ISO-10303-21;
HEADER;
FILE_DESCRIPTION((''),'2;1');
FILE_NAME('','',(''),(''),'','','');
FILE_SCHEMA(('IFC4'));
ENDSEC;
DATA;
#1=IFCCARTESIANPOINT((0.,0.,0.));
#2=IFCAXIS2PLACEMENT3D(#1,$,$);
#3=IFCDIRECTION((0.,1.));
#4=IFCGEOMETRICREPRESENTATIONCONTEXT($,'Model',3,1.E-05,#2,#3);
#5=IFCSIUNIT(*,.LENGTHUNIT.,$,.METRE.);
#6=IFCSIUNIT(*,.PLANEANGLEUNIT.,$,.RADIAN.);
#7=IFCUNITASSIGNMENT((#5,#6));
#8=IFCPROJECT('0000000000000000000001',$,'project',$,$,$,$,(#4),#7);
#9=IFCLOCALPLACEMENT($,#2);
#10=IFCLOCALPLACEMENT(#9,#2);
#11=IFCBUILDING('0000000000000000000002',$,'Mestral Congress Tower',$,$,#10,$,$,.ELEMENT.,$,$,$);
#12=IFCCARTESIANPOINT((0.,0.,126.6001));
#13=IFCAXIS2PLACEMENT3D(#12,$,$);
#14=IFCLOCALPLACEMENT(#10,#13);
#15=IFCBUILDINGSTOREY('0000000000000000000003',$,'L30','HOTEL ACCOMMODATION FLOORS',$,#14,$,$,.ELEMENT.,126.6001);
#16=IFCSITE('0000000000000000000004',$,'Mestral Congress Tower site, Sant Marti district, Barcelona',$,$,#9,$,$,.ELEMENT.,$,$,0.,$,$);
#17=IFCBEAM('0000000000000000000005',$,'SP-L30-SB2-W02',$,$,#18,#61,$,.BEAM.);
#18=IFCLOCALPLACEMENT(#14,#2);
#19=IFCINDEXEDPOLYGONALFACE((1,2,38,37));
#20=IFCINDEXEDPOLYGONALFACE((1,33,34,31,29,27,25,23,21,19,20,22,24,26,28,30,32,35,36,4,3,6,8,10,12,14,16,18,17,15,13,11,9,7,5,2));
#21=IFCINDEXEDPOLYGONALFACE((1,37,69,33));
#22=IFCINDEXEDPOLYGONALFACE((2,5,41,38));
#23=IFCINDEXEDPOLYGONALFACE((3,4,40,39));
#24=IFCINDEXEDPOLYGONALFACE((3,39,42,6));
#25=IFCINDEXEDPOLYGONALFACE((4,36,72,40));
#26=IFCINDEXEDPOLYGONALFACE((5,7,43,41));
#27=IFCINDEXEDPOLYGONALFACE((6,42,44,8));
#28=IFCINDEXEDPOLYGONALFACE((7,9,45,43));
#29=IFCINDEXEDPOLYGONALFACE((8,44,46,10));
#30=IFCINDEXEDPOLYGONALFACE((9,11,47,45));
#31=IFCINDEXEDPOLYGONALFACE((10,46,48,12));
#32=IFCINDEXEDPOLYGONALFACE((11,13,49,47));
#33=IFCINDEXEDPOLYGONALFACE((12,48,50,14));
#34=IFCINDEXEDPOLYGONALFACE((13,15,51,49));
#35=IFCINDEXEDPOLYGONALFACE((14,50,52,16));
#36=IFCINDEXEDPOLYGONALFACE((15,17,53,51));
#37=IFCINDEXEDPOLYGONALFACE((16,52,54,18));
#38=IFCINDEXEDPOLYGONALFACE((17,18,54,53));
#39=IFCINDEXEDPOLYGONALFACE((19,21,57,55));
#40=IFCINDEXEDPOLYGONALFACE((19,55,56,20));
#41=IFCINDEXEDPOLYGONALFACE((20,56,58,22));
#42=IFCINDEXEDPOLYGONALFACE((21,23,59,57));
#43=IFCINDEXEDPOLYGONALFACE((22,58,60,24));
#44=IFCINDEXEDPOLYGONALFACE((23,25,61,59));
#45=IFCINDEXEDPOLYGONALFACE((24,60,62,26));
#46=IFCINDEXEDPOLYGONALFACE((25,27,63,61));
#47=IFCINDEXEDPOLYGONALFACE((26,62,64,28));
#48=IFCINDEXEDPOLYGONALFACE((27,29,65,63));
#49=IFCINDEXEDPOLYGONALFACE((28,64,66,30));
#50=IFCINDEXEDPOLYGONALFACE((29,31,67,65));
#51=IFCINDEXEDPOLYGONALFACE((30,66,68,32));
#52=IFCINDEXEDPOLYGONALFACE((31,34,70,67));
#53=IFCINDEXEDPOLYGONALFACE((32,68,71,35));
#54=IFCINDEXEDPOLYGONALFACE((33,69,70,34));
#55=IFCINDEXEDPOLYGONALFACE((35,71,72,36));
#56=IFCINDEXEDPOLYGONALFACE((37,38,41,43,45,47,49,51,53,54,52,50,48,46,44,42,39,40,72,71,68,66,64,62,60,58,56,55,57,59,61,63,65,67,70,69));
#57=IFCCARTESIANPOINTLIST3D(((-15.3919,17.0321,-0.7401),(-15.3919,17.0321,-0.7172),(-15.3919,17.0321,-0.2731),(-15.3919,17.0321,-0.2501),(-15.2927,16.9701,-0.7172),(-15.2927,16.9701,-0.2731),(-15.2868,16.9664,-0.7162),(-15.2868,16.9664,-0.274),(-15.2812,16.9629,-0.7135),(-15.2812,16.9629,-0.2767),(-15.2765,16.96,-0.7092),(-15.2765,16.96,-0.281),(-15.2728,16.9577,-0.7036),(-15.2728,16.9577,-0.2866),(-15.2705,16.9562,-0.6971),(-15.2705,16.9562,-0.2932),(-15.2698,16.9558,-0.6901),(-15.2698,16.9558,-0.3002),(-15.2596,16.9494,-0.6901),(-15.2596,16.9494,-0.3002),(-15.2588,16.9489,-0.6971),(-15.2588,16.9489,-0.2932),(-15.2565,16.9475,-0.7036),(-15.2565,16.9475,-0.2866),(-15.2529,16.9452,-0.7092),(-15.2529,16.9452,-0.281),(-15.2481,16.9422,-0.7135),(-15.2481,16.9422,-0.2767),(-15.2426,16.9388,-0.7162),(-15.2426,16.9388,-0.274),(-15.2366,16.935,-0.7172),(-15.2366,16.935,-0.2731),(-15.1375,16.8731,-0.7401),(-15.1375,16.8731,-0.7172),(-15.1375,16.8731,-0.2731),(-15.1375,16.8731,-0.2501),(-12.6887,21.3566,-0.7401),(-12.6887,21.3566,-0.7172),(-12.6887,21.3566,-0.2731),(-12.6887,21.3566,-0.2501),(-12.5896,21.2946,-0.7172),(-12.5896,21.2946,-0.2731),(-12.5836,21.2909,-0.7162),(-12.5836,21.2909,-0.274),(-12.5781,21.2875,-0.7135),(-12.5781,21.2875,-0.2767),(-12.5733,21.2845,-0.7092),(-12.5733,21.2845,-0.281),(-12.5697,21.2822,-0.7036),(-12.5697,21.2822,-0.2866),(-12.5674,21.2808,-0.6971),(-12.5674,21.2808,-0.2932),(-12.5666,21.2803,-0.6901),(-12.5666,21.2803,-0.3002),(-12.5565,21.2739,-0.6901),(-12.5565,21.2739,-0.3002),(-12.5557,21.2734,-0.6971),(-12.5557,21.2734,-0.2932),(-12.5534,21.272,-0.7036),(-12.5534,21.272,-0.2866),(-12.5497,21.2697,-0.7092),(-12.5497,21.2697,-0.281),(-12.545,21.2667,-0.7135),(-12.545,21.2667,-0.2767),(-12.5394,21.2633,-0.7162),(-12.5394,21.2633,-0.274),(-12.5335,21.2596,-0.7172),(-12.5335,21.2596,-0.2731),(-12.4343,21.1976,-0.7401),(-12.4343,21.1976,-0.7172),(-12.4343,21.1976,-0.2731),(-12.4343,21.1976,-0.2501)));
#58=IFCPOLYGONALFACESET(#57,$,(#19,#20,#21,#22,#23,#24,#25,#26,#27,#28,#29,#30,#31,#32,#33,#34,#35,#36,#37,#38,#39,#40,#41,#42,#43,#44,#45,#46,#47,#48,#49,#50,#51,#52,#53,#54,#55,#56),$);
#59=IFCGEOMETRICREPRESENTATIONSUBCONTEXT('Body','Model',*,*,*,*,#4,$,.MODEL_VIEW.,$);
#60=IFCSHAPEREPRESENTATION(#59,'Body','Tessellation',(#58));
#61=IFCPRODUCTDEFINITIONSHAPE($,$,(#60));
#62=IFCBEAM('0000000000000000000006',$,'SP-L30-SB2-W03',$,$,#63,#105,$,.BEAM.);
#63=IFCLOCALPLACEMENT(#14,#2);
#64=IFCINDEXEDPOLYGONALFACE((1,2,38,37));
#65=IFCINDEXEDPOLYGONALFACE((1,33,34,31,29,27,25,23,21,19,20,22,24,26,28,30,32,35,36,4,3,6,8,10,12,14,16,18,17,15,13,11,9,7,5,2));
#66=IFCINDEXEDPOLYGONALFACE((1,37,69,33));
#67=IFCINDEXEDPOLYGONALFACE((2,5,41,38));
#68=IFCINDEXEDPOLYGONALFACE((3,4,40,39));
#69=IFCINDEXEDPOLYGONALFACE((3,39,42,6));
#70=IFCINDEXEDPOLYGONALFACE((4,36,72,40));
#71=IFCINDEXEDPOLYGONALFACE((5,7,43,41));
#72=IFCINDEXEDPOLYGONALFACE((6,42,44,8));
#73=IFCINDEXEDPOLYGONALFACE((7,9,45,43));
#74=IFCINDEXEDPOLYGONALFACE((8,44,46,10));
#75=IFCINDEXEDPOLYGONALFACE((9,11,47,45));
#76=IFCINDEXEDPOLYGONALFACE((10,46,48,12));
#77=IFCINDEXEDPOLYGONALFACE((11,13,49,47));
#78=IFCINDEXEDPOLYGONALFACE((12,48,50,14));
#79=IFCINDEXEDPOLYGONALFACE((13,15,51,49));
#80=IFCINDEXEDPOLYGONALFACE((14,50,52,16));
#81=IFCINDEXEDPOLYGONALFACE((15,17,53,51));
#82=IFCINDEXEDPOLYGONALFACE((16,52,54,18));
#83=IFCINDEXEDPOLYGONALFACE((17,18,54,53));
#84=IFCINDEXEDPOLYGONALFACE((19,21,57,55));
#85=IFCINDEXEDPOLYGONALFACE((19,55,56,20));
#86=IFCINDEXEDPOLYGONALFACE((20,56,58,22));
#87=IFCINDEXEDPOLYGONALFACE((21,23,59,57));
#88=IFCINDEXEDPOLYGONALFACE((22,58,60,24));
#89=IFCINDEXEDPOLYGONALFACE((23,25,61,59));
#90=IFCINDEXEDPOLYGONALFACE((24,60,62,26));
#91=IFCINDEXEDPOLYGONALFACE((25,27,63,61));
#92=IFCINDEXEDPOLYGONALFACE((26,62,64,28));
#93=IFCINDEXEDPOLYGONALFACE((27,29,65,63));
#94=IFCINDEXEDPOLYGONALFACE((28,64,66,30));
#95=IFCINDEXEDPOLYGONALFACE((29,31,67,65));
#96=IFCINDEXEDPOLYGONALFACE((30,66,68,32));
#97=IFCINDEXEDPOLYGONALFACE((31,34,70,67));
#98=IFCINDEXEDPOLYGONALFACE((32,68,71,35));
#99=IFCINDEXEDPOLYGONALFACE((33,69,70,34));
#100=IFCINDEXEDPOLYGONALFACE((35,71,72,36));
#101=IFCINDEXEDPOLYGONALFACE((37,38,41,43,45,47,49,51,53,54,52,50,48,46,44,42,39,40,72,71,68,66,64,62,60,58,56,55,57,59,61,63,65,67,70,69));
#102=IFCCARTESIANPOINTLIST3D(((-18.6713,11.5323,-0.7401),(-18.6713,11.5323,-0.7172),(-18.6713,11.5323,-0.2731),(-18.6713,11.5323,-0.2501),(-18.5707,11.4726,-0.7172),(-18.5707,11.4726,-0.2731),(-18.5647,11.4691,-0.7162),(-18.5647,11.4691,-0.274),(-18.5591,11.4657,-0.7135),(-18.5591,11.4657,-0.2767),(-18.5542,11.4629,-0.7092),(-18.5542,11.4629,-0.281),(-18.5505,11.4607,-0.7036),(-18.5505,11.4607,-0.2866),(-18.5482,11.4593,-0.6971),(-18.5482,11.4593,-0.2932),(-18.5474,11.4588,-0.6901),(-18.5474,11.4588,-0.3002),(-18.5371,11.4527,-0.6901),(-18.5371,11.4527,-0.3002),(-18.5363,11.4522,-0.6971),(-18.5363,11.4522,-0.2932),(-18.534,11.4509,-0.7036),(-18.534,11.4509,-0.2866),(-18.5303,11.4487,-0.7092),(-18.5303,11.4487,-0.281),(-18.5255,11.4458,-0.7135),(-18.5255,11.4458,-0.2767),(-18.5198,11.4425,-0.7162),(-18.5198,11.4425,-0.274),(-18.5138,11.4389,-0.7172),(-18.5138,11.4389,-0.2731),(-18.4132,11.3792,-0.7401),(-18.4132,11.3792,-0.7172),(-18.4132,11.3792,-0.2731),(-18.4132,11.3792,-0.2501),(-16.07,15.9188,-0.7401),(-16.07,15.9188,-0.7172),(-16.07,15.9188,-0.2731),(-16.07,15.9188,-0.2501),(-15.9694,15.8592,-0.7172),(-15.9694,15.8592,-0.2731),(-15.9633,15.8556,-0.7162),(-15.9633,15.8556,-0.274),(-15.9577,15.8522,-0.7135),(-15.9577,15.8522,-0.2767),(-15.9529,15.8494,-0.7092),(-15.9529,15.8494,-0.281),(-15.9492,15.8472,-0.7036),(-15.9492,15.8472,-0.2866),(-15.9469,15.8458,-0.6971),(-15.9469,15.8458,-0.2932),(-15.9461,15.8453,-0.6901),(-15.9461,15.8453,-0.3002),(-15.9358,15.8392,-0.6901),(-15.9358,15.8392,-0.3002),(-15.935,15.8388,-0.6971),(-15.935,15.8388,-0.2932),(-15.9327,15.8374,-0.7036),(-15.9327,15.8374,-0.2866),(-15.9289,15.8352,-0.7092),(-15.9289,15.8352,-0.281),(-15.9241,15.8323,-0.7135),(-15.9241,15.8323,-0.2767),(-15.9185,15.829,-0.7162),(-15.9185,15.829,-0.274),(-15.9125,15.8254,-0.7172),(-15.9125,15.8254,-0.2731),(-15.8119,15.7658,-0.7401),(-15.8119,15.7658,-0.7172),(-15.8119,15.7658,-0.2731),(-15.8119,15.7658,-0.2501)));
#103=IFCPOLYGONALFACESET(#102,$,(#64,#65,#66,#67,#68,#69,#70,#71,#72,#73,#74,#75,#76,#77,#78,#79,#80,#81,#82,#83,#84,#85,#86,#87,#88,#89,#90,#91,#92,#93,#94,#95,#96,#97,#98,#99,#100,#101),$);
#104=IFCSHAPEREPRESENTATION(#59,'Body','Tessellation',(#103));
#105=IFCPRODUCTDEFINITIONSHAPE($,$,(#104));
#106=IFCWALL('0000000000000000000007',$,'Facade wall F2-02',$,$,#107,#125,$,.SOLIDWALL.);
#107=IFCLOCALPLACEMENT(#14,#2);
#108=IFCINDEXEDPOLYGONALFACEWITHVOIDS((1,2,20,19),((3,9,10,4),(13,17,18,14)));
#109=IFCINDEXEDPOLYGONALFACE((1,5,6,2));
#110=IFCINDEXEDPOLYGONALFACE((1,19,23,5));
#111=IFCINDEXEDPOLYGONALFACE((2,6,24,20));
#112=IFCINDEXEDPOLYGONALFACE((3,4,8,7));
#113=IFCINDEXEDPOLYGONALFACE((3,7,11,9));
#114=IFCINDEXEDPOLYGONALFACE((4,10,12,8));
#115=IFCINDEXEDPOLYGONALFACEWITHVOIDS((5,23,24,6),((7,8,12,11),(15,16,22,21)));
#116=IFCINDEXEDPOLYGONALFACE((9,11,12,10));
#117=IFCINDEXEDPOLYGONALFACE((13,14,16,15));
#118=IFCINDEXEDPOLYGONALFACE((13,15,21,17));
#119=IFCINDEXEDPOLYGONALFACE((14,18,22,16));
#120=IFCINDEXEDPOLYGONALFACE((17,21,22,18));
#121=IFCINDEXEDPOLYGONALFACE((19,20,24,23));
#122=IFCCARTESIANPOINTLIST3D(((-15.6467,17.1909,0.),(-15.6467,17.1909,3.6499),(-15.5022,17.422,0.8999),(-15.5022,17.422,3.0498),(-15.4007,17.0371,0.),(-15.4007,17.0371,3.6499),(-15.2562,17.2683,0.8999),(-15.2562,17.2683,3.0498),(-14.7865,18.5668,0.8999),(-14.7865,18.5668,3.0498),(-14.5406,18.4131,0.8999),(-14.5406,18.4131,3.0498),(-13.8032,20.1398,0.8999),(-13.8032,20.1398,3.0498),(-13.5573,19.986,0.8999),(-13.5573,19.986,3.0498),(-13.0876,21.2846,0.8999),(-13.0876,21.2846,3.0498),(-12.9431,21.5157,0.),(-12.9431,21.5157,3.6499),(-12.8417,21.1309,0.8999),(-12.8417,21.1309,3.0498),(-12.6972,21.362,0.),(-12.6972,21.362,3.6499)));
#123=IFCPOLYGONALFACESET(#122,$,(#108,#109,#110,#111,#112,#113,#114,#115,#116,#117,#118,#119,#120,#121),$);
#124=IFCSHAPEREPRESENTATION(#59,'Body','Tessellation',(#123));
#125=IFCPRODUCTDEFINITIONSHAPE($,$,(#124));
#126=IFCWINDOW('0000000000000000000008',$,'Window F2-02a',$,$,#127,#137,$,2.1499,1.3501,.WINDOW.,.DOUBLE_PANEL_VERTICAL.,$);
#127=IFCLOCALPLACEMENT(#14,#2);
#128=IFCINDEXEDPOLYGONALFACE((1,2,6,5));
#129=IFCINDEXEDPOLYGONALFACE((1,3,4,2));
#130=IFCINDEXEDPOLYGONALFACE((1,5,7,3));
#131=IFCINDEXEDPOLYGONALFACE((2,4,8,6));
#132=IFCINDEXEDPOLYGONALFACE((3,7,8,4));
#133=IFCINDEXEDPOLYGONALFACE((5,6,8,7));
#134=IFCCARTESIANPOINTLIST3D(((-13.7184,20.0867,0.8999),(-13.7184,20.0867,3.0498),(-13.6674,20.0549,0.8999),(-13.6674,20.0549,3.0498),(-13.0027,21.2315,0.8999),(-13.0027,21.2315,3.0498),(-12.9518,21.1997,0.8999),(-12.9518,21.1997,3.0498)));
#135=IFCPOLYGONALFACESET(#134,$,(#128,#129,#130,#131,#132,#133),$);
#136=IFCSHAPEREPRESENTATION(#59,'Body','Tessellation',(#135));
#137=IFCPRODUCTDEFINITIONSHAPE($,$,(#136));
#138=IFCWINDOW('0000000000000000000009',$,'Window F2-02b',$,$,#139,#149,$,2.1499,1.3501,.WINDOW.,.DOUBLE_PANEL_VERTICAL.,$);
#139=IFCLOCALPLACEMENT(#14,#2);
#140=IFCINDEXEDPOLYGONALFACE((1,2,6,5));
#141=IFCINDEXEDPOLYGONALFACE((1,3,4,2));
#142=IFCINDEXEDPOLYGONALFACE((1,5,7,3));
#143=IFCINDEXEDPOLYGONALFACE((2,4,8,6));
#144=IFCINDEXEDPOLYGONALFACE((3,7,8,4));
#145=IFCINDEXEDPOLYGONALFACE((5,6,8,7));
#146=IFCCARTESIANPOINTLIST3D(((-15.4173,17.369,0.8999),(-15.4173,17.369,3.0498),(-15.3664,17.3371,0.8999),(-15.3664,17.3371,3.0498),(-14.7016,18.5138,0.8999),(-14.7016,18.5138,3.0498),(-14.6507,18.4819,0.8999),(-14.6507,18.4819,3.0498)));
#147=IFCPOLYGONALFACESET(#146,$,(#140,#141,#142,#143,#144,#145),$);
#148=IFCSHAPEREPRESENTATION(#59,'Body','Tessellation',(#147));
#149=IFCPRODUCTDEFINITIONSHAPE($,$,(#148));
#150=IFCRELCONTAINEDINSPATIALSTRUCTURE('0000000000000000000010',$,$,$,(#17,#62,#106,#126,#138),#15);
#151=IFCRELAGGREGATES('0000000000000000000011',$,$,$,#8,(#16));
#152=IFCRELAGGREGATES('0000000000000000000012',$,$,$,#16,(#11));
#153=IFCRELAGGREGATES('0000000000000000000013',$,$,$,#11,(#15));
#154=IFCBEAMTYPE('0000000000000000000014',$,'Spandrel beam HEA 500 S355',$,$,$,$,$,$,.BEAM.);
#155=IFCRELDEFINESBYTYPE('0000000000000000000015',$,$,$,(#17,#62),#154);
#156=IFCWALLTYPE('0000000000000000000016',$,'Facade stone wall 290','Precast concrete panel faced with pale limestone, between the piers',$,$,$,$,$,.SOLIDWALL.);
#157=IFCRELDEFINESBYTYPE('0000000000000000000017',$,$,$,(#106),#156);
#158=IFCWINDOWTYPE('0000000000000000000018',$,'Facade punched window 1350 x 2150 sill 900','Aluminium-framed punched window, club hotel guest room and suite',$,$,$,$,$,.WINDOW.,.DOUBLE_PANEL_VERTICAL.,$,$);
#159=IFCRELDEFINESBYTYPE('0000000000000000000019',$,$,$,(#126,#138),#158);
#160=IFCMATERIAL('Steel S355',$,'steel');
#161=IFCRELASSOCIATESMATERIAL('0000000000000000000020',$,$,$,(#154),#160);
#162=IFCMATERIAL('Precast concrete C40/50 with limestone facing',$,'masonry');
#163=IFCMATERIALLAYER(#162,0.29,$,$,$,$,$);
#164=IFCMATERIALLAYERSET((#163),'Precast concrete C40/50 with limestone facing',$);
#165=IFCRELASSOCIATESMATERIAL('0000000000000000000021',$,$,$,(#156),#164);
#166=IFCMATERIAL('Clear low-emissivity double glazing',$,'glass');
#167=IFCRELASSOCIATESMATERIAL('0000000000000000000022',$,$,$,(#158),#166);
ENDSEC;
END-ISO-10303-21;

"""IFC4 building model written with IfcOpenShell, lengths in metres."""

from ifc_helpers import new_model, si_unit, direction, frame, frame_2d, origin, origin_2d, place, context, subcontext, project, spatial, rectangle, i_section, extrude, material, layer, layer_set, material_profile, profile_set, type_object, element, fill, save


model = new_model("IFC4")

# Units and contexts
model_context = context("Model", 3, precision=1e-05, world=origin(), true_north=direction((0.0, 1.0)))
body_context = subcontext(model_context, "Body", "Model", "MODEL_VIEW")
ifc_project = project(units=[si_unit("LENGTHUNIT", "METRE"), si_unit("PLANEANGLEUNIT", "RADIAN")], contexts=[model_context])

# Site, building, storey
site_placement = place(None, origin())
site = spatial("IfcSite", under=ifc_project, at=site_placement, Name="Mestral Congress Tower site, Sant Marti district, Barcelona", CompositionType="ELEMENT", RefElevation=0.0)
building_placement = place(site_placement, origin())
building = spatial("IfcBuilding", under=site, at=building_placement, Name="Mestral Congress Tower", CompositionType="ELEMENT")
storey_placement = place(building_placement, frame((0.0, 0.0, 126.6001)))
storey = spatial("IfcBuildingStorey", under=building, at=storey_placement, Name="L30", Description="HOTEL ACCOMMODATION FLOORS", CompositionType="ELEMENT", Elevation=126.6001)

# Beams
ifc_material_1 = material(Name="Steel S355", Category="steel")
ifc_material_profile_1 = material_profile(ifc_material_1, i_section(OverallWidth=0.3, OverallDepth=0.49, WebThickness=0.012, FlangeThickness=0.0229, FilletRadius=0.0271, at=origin_2d()), Name="HEA 500")
ifc_profile_set_1 = profile_set([ifc_material_profile_1], Name="Steel S355")
beam_type_1 = type_object("IfcBeamType", Name="Spandrel beam HEA 500 S355", PredefinedType="BEAM", material=ifc_profile_set_1)
for number, where, z_axis, x_axis, name in (
    (1, (-12.5615, 21.2771, -0.4951), (-0.530046, -0.847969, 0.0), (0.847969, -0.530046, 0.0), "SP-L30-SB2-W02"),
    (2, (-15.9409, 15.8423, -0.4951), (-0.510082, -0.860126, 0.0), (0.860126, -0.510082, 0.0), "SP-L30-SB2-W03"),
):
    element("IfcBeam", number, at=place(storey_placement, frame(where, z_axis=z_axis, x_axis=x_axis)), inside=storey, type_object=beam_type_1, Name=name, PredefinedType="BEAM", context=body_context, shape_type="SweptSolid", body=[
        extrude(i_section(OverallWidth=0.3, OverallDepth=0.49, WebThickness=0.012, FlangeThickness=0.0229, FilletRadius=0.0271, at=origin_2d()), origin(), (0.0, 0.0, 1.0), 5.0999),
    ])

# Wall, openings, windows
ifc_material_2 = material(Name="Precast concrete C40/50 with limestone facing", Category="masonry")
ifc_layer_1 = layer(ifc_material_2, 0.29)
ifc_layer_set_1 = layer_set([ifc_layer_1], Name="Precast concrete C40/50 with limestone facing")
wall_type_1 = type_object("IfcWallType", Name="Facade stone wall 290", Description="Precast concrete panel faced with pale limestone, between the piers", PredefinedType="SOLIDWALL", material=ifc_layer_set_1)
wall_1_placement = place(storey_placement, frame((-12.8201, 21.439, 0.0), z_axis=(0.0, 0.0, 1.0), x_axis=(-0.530072, -0.847953, 0.0)))
wall_1 = element("IfcWall", 3, at=wall_1_placement, inside=storey, type_object=wall_type_1, Name="Facade wall F2-02", PredefinedType="SOLIDWALL", context=body_context, shape_type="SweptSolid", body=[
    extrude(rectangle(XDim=5.1003, YDim=0.29, at=frame_2d((2.5503, 0.0))), origin(), (0.0, 0.0, 1.0), 3.6499),
])
opening_1_placement = place(wall_1_placement, frame((0.2727, 0.0, 0.8999)))
opening_1 = element("IfcOpeningElement", 4, at=opening_1_placement, cuts=wall_1, PredefinedType="OPENING", context=body_context, shape_type="SweptSolid", body=[
    extrude(rectangle(XDim=1.3501, YDim=2.1499, at=frame_2d((0.675, 1.075))), frame((0.0, 0.155, 0.0), z_axis=(0.0, -1.0, 0.0), x_axis=(1.0, 0.0, 0.0)), (0.0, 0.0, 1.0), 0.3101),
])
opening_2_placement = place(wall_1_placement, frame((3.4778, 0.0, 0.8999)))
opening_2 = element("IfcOpeningElement", 5, at=opening_2_placement, cuts=wall_1, PredefinedType="OPENING", context=body_context, shape_type="SweptSolid", body=[
    extrude(rectangle(XDim=1.3501, YDim=2.1499, at=frame_2d((0.675, 1.075))), frame((0.0, 0.155, 0.0), z_axis=(0.0, -1.0, 0.0), x_axis=(1.0, 0.0, 0.0)), (0.0, 0.0, 1.0), 0.3101),
])
ifc_material_3 = material(Name="Clear low-emissivity double glazing", Category="glass")
window_type = type_object("IfcWindowType", Name="Facade punched window 1350 x 2150 sill 900", Description="Aluminium-framed punched window, club hotel guest room and suite", PartitioningType="DOUBLE_PANEL_VERTICAL", PredefinedType="WINDOW", material=ifc_material_3)
window_1_placement = place(opening_1_placement, origin())
window_1 = element("IfcWindow", 6, at=window_1_placement, inside=storey, type_object=window_type, Name="Window F2-02a", OverallHeight=2.1499, OverallWidth=1.3501, PartitioningType="DOUBLE_PANEL_VERTICAL", PredefinedType="WINDOW", context=body_context, shape_type="SweptSolid", body=[
    extrude(rectangle(XDim=1.3501, YDim=2.1499, at=frame_2d((0.675, 1.075))), frame((0.0, 0.0151, 0.0), z_axis=(0.0, -1.0, 0.0), x_axis=(1.0, 0.0, 0.0)), (0.0, 0.0, 1.0), 0.0601),
])
fill(opening_1, window_1)
window_2_placement = place(opening_2_placement, origin())
window_2 = element("IfcWindow", 7, at=window_2_placement, inside=storey, type_object=window_type, Name="Window F2-02b", OverallHeight=2.1499, OverallWidth=1.3501, PartitioningType="DOUBLE_PANEL_VERTICAL", PredefinedType="WINDOW", context=body_context, shape_type="SweptSolid", body=[
    extrude(rectangle(XDim=1.3501, YDim=2.1499, at=frame_2d((0.675, 1.075))), frame((0.0, 0.0151, 0.0), z_axis=(0.0, -1.0, 0.0), x_axis=(1.0, 0.0, 0.0)), (0.0, 0.0, 1.0), 0.0601),
])
fill(opening_2, window_2)

save(model, "model.ifc")
